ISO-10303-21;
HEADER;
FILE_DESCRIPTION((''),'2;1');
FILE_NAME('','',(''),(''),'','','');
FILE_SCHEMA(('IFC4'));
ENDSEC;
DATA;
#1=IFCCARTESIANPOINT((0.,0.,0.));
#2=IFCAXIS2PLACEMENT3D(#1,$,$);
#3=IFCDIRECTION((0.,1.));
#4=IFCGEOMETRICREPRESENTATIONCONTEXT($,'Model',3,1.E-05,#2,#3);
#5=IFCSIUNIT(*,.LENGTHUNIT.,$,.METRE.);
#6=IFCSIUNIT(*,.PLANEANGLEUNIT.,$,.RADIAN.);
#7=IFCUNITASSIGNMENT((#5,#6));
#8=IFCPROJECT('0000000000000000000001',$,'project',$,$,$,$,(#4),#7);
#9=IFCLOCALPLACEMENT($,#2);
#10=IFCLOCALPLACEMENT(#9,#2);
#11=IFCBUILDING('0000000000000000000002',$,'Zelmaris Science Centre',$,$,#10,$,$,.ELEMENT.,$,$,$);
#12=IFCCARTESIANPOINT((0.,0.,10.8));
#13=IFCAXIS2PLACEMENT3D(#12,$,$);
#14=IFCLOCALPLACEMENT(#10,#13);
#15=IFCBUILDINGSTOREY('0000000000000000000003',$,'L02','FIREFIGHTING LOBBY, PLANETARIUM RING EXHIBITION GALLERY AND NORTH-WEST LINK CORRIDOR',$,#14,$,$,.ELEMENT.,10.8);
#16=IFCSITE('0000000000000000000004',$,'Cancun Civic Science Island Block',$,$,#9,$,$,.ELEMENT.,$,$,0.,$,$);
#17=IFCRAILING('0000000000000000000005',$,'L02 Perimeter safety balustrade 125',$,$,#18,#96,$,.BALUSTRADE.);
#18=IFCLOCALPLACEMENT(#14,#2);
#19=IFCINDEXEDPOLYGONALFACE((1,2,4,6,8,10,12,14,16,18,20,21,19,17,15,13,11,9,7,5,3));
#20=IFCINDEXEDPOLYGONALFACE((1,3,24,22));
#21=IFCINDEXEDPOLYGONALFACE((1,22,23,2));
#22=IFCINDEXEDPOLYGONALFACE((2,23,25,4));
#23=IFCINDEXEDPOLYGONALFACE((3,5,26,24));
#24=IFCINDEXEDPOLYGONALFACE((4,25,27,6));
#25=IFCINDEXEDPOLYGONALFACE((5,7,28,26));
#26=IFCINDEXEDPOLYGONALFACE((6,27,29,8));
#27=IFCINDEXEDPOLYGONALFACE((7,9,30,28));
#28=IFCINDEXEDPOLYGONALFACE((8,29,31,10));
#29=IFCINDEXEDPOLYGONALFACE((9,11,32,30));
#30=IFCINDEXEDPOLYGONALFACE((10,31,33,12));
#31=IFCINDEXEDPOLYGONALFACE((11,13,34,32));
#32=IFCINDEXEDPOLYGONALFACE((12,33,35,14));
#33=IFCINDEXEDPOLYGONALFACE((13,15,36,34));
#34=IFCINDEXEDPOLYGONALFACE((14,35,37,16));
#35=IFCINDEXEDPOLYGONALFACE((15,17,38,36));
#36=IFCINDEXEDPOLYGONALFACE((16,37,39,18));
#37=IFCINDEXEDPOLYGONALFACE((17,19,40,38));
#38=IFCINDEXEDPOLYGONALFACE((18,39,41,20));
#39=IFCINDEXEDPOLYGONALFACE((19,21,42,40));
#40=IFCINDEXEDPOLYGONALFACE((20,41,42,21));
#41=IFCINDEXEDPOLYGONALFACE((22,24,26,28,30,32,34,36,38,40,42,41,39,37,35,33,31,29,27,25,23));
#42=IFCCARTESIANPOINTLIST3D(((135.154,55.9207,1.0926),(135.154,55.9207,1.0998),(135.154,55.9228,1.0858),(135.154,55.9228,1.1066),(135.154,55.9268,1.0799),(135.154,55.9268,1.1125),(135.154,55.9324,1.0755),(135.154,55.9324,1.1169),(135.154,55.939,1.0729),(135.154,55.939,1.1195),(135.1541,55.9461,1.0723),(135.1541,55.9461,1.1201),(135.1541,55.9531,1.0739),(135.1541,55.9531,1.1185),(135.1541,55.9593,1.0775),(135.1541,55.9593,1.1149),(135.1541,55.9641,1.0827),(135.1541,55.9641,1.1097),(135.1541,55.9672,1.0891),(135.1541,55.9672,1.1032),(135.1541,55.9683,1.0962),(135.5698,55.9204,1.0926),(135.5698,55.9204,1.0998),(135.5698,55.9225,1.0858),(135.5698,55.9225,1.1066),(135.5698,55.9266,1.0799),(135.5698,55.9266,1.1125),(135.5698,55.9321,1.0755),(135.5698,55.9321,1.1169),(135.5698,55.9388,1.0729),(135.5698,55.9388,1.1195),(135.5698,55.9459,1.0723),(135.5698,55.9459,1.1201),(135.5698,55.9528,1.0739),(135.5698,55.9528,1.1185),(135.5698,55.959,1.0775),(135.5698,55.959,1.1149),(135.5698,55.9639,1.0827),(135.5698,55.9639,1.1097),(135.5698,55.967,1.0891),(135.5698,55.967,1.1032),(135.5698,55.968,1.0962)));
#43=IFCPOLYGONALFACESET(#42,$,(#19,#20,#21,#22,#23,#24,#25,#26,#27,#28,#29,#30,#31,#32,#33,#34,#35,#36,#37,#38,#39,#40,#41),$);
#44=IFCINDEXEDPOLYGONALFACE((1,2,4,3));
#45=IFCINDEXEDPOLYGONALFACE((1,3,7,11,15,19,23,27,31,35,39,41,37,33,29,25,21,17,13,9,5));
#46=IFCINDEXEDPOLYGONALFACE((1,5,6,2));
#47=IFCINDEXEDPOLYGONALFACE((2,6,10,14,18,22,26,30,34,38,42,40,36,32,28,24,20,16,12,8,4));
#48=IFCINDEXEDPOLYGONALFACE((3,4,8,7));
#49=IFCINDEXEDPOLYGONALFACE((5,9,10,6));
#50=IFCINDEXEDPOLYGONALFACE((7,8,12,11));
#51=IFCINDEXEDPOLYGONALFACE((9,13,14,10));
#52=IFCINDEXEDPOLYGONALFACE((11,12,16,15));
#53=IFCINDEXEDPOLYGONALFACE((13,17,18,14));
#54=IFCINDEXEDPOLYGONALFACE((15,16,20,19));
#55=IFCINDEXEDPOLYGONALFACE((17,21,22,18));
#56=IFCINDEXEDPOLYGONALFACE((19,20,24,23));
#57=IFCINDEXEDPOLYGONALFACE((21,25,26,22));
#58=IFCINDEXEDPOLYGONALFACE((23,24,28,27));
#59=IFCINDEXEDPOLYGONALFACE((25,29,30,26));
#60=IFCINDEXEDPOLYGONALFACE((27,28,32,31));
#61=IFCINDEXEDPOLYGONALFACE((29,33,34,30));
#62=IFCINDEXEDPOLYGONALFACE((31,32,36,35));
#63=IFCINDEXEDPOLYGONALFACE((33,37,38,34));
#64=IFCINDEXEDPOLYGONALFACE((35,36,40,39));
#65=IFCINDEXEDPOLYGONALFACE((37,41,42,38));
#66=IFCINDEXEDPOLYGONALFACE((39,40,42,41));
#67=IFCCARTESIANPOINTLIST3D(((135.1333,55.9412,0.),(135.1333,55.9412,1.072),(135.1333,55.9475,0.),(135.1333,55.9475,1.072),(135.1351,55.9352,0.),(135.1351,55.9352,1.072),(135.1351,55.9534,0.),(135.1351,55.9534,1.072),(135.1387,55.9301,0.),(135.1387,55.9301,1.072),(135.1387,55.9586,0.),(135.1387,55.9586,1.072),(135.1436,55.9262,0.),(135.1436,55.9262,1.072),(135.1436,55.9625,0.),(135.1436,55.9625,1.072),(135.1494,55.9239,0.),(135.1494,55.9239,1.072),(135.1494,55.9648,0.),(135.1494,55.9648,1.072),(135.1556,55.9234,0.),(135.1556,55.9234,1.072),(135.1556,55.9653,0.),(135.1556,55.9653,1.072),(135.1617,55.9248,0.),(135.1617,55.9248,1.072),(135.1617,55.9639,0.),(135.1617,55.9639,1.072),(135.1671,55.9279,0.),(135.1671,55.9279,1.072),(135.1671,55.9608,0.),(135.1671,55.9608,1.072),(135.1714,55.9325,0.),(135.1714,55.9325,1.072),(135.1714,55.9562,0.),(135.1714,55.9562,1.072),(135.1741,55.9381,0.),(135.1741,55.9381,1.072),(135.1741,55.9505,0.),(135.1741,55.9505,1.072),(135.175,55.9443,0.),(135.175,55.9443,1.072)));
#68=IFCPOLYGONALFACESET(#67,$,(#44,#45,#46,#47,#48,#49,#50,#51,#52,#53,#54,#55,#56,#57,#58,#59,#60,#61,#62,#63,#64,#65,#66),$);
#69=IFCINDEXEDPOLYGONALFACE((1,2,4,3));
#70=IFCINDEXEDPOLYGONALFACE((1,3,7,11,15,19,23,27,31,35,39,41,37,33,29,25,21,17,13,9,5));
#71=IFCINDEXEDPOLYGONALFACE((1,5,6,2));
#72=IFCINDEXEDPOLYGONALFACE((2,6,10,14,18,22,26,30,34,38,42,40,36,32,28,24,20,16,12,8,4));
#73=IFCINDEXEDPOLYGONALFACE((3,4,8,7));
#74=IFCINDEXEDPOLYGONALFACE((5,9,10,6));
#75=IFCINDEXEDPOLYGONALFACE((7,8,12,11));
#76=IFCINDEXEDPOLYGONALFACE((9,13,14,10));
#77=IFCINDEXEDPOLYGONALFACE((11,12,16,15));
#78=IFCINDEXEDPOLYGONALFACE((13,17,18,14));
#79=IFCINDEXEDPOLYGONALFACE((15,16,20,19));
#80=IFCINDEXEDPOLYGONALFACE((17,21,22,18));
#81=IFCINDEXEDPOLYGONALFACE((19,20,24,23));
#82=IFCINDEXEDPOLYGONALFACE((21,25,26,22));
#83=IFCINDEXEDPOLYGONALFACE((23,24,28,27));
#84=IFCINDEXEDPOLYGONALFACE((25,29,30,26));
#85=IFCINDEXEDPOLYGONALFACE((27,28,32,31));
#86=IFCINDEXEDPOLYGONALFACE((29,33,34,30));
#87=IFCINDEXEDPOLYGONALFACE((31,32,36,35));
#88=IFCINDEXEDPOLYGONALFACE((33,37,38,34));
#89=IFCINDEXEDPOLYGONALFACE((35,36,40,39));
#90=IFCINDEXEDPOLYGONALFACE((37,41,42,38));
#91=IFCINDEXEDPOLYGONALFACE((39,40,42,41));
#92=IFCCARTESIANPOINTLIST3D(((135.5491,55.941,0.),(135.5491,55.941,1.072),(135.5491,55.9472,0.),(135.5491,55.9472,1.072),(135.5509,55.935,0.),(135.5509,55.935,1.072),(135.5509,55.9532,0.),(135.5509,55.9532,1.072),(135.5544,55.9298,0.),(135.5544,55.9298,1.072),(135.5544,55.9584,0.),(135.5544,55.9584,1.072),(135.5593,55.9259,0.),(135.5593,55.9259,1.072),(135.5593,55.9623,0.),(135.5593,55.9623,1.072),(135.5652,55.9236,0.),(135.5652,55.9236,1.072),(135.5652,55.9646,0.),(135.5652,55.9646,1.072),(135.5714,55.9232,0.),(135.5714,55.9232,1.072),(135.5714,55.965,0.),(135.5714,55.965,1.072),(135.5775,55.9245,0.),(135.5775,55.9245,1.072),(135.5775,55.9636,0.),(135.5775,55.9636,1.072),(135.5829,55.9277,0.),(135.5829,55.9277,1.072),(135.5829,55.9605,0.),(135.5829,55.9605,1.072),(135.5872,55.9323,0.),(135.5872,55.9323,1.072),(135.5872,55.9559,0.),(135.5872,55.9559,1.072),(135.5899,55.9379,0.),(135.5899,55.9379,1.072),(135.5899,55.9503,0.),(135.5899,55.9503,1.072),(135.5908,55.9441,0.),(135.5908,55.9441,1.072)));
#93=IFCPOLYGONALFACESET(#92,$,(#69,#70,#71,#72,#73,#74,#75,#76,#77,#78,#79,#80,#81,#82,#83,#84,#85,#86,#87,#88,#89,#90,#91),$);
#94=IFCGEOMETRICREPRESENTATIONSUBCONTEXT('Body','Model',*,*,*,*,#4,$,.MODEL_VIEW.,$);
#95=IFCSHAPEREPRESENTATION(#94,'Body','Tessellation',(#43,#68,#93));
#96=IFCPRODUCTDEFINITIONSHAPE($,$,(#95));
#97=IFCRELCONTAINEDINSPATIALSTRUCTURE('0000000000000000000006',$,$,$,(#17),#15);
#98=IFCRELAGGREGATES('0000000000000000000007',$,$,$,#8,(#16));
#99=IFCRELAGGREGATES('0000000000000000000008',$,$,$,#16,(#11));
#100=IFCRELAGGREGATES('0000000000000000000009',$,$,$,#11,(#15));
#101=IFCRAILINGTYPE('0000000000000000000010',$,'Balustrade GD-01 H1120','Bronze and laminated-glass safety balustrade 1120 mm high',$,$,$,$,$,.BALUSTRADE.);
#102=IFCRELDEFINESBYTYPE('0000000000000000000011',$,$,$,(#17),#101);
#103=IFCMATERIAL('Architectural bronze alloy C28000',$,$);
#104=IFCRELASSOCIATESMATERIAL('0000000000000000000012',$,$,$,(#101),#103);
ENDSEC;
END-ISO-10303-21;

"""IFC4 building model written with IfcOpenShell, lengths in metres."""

from ifc_helpers import new_model, si_unit, direction, frame, origin, origin_2d, place, context, subcontext, project, spatial, circle, extrude, material, type_object, element, save


model = new_model("IFC4")

# Units and contexts
model_context = context("Model", 3, precision=1e-05, world=origin(), true_north=direction((0.0, 1.0)))
body_context = subcontext(model_context, "Body", "Model", "MODEL_VIEW")
ifc_project = project(units=[si_unit("LENGTHUNIT", "METRE"), si_unit("PLANEANGLEUNIT", "RADIAN")], contexts=[model_context])

# Site, building, storey
site_placement = place(None, origin())
site = spatial("IfcSite", under=ifc_project, at=site_placement, Name="Cancun Civic Science Island Block", CompositionType="ELEMENT", RefElevation=0.0)
building_placement = place(site_placement, origin())
building = spatial("IfcBuilding", under=site, at=building_placement, Name="Zelmaris Science Centre", CompositionType="ELEMENT")
storey_placement = place(building_placement, frame((0.0, 0.0, 10.8)))
storey = spatial("IfcBuildingStorey", under=building, at=storey_placement, Name="L02", Description="FIREFIGHTING LOBBY, PLANETARIUM RING EXHIBITION GALLERY AND NORTH-WEST LINK CORRIDOR", CompositionType="ELEMENT", Elevation=10.8)

# Railing
ifc_material_1 = material(Name="Architectural bronze alloy C28000")
railing_type = type_object("IfcRailingType", Name="Balustrade GD-01 H1120", Description="Bronze and laminated-glass safety balustrade 1120 mm high", PredefinedType="BALUSTRADE", material=ifc_material_1)
railing_1_placement = place(storey_placement, frame((135.1541, 55.9443, 0.0)))
element("IfcRailing", 1, at=railing_1_placement, inside=storey, type_object=railing_type, Name="L02 Perimeter safety balustrade 125", PredefinedType="BALUSTRADE", context=body_context, shape_type="SweptSolid", body=[
    extrude(circle(Radius=0.0239, at=origin_2d()), frame((0.0, 0.0, 1.0962), z_axis=(1.0, -0.000587, 0.0), x_axis=(0.000587, 1.0, 0.0)), (0.0, 0.0, 1.0), 0.4158),
    extrude(circle(Radius=0.021, at=origin_2d()), origin(), (0.0, 0.0, 1.0), 1.072),
    extrude(circle(Radius=0.021, at=origin_2d()), frame((0.4158, -0.0002, 0.0)), (0.0, 0.0, 1.0), 1.072),
])

save(model, "model.ifc")
